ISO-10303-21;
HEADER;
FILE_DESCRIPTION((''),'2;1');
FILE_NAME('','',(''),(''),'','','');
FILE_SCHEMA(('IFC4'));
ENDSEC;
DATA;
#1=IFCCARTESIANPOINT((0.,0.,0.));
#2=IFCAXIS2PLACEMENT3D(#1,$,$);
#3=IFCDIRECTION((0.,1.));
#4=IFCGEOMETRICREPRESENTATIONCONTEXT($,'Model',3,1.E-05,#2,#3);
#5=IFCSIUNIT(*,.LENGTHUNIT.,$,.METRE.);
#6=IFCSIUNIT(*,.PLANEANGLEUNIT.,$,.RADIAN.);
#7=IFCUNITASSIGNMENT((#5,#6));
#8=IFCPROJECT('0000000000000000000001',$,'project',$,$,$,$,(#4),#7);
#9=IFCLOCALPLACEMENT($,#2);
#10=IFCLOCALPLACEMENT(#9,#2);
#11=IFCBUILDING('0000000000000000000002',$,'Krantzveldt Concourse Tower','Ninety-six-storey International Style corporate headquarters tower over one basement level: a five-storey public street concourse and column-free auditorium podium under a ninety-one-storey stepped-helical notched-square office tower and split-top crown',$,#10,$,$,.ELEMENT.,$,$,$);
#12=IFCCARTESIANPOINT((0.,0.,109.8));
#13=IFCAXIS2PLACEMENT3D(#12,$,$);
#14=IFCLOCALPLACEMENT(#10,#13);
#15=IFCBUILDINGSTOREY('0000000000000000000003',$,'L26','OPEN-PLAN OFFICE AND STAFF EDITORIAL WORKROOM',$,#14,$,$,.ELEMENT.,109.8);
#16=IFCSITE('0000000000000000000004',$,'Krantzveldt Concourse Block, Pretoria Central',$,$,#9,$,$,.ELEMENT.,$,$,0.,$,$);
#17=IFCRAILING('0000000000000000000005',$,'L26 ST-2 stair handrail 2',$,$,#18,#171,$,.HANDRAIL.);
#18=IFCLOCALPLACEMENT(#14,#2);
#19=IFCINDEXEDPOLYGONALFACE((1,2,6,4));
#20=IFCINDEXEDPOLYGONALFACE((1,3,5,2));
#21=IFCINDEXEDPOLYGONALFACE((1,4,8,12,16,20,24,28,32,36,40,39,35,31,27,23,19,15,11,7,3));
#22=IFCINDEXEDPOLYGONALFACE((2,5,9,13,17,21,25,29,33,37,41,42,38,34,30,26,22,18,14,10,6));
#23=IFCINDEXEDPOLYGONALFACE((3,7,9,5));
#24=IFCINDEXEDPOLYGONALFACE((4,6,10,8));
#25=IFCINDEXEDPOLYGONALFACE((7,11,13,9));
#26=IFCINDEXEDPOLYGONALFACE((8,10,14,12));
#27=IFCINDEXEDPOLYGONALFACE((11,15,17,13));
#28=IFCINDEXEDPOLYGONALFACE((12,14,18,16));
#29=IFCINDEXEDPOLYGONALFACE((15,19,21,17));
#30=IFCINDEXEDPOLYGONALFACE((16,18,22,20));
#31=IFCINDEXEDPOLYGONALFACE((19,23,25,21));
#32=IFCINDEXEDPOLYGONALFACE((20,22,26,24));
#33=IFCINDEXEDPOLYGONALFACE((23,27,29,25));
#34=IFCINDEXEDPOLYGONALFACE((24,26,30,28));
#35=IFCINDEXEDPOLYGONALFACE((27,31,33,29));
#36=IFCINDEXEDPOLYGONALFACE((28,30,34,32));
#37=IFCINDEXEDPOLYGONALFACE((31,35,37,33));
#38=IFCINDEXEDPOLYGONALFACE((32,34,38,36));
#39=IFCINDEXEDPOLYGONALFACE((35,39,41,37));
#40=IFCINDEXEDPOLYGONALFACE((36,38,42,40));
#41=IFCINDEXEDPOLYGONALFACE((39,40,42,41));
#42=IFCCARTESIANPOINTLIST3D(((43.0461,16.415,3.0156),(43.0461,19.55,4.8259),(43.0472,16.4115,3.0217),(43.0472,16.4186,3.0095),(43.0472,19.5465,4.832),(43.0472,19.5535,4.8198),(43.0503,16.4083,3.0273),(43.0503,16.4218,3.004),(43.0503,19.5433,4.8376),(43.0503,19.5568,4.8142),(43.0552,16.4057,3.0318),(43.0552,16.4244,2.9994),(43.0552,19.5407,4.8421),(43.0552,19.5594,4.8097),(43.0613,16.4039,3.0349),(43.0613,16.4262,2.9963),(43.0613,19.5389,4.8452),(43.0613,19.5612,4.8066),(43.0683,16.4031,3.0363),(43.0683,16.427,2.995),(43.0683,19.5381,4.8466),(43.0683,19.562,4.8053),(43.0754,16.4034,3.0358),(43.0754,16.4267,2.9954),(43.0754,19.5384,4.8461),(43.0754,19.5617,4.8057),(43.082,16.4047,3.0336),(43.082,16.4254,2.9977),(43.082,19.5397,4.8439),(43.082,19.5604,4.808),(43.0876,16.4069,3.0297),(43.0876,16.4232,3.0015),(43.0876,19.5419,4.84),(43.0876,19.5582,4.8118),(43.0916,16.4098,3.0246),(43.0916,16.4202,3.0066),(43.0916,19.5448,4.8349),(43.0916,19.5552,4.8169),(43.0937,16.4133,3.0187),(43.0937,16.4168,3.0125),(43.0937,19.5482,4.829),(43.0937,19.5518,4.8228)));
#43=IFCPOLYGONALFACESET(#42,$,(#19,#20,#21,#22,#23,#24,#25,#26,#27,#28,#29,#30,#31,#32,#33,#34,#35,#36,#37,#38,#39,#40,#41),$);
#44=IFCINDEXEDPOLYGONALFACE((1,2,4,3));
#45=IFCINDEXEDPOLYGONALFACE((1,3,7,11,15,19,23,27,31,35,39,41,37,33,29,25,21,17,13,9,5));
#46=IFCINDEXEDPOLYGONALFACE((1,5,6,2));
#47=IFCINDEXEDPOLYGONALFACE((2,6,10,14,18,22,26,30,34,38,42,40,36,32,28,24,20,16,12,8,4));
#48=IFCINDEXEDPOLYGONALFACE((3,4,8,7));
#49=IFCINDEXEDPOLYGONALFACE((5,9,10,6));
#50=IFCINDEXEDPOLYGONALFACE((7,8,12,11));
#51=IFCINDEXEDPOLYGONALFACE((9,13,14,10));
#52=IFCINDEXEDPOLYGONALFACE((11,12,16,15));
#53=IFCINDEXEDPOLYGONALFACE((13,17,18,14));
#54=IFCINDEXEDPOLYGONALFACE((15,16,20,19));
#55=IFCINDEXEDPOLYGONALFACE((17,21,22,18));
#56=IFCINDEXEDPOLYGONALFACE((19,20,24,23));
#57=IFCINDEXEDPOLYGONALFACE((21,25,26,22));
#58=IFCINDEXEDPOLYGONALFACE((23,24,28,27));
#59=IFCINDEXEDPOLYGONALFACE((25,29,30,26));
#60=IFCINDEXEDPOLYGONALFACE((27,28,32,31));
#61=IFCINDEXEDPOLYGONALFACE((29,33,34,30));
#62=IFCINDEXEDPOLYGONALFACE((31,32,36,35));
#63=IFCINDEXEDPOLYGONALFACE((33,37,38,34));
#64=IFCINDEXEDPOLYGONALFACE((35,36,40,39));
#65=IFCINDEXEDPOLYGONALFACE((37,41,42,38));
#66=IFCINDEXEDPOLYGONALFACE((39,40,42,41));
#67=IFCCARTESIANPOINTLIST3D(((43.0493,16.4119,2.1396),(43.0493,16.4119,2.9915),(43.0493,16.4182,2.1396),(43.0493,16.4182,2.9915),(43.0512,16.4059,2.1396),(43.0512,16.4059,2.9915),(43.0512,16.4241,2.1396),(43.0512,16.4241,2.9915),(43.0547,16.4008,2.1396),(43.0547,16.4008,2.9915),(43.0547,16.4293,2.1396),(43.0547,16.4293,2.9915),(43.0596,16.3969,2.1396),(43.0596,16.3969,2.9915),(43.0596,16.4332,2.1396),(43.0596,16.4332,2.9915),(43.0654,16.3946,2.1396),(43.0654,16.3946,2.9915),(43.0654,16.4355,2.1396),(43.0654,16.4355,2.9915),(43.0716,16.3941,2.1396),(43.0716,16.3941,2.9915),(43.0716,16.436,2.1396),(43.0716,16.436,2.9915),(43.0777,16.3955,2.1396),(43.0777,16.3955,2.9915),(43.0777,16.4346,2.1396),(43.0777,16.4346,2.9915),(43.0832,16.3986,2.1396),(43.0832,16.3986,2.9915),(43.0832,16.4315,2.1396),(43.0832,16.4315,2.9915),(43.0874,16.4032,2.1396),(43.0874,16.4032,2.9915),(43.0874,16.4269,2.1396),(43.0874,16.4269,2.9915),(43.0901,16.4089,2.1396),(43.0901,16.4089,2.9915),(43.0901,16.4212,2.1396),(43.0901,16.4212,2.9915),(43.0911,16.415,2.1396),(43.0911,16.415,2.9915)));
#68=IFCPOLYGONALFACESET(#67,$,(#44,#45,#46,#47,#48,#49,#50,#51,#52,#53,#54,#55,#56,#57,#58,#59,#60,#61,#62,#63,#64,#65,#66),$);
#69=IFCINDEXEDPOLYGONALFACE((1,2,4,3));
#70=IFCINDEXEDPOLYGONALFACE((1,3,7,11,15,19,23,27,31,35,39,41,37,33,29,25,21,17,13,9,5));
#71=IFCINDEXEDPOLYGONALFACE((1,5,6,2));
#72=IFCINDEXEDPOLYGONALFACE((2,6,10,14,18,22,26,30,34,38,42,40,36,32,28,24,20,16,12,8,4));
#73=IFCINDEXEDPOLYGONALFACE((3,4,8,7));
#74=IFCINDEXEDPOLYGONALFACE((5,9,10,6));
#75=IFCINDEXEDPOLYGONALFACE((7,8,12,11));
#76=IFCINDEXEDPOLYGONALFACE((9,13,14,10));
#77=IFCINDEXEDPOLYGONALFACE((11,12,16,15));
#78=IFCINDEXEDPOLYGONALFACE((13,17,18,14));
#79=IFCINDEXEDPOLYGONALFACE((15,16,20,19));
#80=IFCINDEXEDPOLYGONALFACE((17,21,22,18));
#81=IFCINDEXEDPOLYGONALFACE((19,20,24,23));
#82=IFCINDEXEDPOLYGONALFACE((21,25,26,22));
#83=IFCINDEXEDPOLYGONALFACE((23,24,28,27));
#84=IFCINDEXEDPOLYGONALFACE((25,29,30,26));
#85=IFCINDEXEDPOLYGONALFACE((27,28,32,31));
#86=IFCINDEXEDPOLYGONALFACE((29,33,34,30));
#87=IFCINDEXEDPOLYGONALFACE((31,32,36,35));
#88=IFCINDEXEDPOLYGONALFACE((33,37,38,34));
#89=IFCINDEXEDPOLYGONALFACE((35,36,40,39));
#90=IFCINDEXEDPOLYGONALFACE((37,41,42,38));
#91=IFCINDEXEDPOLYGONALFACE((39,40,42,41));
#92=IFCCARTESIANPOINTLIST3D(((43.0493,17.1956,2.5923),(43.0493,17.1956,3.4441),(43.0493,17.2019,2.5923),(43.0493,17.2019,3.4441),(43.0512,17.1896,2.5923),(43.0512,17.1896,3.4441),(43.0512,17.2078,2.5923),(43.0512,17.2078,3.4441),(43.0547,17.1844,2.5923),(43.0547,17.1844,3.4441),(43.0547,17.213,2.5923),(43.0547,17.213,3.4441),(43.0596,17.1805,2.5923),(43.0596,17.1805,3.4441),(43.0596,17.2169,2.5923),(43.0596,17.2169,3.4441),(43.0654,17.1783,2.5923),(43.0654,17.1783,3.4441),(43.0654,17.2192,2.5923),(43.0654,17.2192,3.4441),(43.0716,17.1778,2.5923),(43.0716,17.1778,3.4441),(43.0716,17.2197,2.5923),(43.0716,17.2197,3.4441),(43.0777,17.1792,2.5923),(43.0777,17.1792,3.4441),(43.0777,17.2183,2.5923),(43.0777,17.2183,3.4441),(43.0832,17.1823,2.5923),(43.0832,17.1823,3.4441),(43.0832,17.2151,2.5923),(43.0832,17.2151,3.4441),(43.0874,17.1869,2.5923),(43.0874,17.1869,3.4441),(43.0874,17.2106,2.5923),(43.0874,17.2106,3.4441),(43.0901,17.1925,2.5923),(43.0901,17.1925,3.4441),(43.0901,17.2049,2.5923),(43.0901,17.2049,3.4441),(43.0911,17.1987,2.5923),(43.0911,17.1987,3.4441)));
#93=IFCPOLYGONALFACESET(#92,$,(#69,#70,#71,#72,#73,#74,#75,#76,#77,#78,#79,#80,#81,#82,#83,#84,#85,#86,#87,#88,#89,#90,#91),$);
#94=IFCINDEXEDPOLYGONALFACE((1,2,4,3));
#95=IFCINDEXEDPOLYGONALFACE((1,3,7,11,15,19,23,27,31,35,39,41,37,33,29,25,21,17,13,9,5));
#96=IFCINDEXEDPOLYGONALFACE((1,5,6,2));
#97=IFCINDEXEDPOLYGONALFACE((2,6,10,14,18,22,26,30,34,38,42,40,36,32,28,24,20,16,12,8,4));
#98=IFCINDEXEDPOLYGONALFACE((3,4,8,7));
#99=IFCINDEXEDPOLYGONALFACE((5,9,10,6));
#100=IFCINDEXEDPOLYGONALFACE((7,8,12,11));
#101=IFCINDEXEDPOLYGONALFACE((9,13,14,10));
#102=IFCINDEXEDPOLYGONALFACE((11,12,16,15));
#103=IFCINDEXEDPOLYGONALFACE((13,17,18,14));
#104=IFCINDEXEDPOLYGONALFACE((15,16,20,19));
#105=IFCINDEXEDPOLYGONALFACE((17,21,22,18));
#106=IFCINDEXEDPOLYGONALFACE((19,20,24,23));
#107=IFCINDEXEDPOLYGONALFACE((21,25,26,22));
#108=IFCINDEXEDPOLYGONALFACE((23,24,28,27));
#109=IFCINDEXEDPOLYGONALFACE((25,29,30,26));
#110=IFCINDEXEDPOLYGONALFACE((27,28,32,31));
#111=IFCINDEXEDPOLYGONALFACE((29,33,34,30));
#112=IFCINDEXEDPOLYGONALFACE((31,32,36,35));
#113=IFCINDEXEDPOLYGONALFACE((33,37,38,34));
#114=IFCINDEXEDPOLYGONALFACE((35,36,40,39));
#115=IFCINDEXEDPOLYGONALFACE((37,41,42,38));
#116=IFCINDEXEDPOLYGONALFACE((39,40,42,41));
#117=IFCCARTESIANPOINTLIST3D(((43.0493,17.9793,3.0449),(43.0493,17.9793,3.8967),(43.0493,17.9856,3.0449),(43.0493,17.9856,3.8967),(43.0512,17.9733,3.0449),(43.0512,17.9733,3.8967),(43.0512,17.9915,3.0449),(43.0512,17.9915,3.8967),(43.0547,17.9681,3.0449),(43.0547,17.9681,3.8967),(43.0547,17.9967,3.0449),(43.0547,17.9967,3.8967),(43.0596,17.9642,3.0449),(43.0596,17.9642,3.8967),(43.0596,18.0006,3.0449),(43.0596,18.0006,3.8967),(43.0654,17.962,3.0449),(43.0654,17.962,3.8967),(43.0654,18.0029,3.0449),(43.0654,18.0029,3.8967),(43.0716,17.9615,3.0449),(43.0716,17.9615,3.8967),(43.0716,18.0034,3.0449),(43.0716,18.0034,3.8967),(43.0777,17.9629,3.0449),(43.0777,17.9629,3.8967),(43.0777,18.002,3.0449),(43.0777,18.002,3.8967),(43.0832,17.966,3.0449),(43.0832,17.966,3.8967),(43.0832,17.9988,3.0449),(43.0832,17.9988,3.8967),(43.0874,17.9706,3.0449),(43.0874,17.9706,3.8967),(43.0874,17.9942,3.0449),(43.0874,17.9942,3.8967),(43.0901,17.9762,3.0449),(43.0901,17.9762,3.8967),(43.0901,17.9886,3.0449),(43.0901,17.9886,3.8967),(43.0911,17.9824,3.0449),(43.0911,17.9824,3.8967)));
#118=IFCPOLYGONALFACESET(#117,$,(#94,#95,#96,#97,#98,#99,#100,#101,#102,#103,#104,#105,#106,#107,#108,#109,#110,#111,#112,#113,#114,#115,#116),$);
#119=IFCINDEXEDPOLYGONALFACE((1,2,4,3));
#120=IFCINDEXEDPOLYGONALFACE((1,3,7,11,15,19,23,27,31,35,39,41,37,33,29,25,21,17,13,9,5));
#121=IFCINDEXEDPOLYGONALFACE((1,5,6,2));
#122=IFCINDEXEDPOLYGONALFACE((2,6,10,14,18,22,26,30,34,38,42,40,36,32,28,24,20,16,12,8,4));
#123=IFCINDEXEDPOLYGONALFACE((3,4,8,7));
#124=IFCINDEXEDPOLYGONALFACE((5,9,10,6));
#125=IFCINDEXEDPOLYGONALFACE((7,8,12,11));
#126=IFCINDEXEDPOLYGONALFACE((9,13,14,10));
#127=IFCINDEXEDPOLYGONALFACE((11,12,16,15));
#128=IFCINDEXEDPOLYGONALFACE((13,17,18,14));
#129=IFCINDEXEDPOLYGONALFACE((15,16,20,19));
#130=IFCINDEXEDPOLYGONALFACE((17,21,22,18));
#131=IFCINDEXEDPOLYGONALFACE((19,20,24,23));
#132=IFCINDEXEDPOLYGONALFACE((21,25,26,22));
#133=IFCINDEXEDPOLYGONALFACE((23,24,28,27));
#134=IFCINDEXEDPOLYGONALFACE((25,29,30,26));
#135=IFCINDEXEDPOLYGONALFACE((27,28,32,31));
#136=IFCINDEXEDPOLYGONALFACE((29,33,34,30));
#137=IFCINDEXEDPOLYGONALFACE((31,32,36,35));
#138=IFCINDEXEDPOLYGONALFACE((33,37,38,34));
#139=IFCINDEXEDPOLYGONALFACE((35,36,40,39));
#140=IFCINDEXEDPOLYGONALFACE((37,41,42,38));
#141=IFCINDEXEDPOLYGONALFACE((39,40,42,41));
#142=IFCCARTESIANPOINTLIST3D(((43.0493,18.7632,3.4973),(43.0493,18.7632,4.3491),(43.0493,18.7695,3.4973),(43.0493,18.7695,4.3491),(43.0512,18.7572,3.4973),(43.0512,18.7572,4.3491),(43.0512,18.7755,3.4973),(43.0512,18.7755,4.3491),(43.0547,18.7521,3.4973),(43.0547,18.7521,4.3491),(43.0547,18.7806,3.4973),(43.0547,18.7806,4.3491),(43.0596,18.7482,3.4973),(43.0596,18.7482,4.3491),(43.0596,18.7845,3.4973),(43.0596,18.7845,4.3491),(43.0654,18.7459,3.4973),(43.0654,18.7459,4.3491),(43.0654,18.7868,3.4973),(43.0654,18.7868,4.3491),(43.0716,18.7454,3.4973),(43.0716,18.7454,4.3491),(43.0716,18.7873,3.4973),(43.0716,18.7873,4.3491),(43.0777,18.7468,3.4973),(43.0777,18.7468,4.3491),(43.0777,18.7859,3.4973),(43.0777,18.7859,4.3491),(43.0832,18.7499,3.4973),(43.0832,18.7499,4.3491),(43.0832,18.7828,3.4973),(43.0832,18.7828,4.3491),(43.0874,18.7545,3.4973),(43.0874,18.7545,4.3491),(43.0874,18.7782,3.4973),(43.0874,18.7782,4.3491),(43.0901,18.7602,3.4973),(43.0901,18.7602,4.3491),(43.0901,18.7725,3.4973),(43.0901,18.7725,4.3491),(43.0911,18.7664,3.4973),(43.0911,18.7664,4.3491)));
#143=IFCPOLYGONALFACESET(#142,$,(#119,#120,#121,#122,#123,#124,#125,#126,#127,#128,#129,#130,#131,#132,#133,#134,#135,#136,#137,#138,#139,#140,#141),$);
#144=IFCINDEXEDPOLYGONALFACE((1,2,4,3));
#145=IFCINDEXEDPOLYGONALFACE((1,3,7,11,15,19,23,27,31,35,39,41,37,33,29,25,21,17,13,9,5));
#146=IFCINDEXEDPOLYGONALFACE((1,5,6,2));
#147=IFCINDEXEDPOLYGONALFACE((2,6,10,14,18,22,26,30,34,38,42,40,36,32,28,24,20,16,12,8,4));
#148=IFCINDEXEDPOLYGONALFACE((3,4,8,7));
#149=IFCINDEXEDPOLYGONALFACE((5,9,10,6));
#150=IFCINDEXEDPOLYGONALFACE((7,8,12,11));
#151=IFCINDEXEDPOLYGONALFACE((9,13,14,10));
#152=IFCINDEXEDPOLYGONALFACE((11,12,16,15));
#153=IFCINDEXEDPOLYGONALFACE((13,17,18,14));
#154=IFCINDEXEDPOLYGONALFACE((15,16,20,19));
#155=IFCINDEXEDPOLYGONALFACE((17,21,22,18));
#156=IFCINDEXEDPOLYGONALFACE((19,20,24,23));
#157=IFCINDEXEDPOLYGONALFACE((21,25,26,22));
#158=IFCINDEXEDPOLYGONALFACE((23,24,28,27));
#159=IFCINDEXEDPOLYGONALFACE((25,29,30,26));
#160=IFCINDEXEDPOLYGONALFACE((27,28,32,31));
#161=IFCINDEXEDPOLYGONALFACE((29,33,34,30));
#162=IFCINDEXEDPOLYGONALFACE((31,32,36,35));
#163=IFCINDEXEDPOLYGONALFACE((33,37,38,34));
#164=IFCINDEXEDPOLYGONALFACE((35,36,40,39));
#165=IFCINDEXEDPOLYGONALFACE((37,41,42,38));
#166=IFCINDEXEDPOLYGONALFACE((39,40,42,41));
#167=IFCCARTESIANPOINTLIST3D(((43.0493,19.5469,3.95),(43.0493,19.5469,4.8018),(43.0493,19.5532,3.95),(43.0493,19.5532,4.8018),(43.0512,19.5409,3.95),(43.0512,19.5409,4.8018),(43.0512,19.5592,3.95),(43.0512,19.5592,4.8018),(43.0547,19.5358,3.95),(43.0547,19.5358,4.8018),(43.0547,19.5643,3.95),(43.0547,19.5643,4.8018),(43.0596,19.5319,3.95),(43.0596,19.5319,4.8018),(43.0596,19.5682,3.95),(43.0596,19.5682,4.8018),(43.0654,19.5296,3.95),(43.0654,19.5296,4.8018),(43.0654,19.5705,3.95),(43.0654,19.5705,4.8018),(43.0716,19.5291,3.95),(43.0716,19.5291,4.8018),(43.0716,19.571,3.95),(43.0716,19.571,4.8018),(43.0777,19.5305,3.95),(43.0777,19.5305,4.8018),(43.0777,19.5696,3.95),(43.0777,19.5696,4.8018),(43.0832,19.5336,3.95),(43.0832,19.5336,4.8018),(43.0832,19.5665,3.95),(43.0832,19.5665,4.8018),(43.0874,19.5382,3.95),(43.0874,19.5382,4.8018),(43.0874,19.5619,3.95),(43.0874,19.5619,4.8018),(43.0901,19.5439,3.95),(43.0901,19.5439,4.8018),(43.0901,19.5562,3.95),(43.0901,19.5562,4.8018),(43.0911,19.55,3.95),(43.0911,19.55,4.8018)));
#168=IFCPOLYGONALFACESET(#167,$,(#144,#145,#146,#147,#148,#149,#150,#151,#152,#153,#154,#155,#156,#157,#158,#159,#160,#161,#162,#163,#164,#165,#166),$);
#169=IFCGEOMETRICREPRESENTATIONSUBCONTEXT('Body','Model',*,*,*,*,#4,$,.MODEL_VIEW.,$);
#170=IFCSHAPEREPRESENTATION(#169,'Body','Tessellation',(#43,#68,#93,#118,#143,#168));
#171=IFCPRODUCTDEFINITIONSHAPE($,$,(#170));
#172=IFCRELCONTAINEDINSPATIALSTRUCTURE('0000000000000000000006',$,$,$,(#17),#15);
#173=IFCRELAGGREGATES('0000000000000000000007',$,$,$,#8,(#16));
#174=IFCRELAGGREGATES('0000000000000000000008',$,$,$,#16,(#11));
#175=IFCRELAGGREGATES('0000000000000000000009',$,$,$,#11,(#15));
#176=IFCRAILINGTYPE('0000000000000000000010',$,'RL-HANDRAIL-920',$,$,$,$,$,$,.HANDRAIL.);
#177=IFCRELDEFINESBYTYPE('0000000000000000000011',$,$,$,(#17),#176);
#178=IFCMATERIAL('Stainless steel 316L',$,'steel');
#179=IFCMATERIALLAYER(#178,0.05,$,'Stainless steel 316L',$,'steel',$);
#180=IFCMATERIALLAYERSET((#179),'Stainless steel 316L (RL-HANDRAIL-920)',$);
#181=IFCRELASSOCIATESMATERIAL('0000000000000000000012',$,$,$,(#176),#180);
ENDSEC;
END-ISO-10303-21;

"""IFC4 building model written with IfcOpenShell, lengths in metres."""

from ifc_helpers import new_model, si_unit, direction, frame, origin, origin_2d, place, context, subcontext, project, spatial, circle, extrude, material, layer, layer_set, type_object, element, save


model = new_model("IFC4")

# Units and contexts
model_context = context("Model", 3, precision=1e-05, world=origin(), true_north=direction((0.0, 1.0)))
body_context = subcontext(model_context, "Body", "Model", "MODEL_VIEW")
ifc_project = project(units=[si_unit("LENGTHUNIT", "METRE"), si_unit("PLANEANGLEUNIT", "RADIAN")], contexts=[model_context])

# Site, building, storey
site_placement = place(None, origin())
site = spatial("IfcSite", under=ifc_project, at=site_placement, Name="Krantzveldt Concourse Block, Pretoria Central", CompositionType="ELEMENT", RefElevation=0.0)
building_placement = place(site_placement, origin())
building = spatial("IfcBuilding", under=site, at=building_placement, Name="Krantzveldt Concourse Tower", Description="Ninety-six-storey International Style corporate headquarters tower over one basement level: a five-storey public street concourse and column-free auditorium podium under a ninety-one-storey stepped-helical notched-square office tower and split-top crown", CompositionType="ELEMENT")
storey_placement = place(building_placement, frame((0.0, 0.0, 109.8)))
storey = spatial("IfcBuildingStorey", under=building, at=storey_placement, Name="L26", Description="OPEN-PLAN OFFICE AND STAFF EDITORIAL WORKROOM", CompositionType="ELEMENT", Elevation=109.8)

# Shared definitions
ifc_material_1 = material(Name="Stainless steel 316L", Category="steel")

# Railing
ifc_layer_1 = layer(ifc_material_1, 0.05, Name="Stainless steel 316L", Category="steel")
ifc_layer_set_1 = layer_set([ifc_layer_1], Name="Stainless steel 316L (RL-HANDRAIL-920)")
railing_type_1 = type_object("IfcRailingType", Name="RL-HANDRAIL-920", PredefinedType="HANDRAIL", material=ifc_layer_set_1)
railing_1_placement = place(storey_placement, frame((43.0701, 16.415, 2.1396)))
element("IfcRailing", 1, at=railing_1_placement, inside=storey, type_object=railing_type_1, Name="L26 ST-2 stair handrail 2", PredefinedType="HANDRAIL", context=body_context, shape_type="SweptSolid", body=[
    extrude(circle(Radius=0.0239, at=origin_2d()), frame((0.0, 0.0, 0.876), z_axis=(0.0, 0.865989, 0.500063), x_axis=(-1.0, 0.0, 0.0)), (0.0, 0.0, 1.0), 3.6201),
    extrude(circle(Radius=0.021, at=origin_2d()), origin(), (0.0, 0.0, 1.0), 0.8518),
    extrude(circle(Radius=0.021, at=origin_2d()), frame((0.0, 0.7837, 0.4526)), (0.0, 0.0, 1.0), 0.8518),
    extrude(circle(Radius=0.021, at=origin_2d()), frame((0.0, 1.5674, 0.9053)), (0.0, 0.0, 1.0), 0.8518),
    extrude(circle(Radius=0.021, at=origin_2d()), frame((0.0, 2.3513, 1.3577)), (0.0, 0.0, 1.0), 0.8518),
    extrude(circle(Radius=0.021, at=origin_2d()), frame((0.0, 3.135, 1.8103)), (0.0, 0.0, 1.0), 0.8518),
])

save(model, "model.ifc")
